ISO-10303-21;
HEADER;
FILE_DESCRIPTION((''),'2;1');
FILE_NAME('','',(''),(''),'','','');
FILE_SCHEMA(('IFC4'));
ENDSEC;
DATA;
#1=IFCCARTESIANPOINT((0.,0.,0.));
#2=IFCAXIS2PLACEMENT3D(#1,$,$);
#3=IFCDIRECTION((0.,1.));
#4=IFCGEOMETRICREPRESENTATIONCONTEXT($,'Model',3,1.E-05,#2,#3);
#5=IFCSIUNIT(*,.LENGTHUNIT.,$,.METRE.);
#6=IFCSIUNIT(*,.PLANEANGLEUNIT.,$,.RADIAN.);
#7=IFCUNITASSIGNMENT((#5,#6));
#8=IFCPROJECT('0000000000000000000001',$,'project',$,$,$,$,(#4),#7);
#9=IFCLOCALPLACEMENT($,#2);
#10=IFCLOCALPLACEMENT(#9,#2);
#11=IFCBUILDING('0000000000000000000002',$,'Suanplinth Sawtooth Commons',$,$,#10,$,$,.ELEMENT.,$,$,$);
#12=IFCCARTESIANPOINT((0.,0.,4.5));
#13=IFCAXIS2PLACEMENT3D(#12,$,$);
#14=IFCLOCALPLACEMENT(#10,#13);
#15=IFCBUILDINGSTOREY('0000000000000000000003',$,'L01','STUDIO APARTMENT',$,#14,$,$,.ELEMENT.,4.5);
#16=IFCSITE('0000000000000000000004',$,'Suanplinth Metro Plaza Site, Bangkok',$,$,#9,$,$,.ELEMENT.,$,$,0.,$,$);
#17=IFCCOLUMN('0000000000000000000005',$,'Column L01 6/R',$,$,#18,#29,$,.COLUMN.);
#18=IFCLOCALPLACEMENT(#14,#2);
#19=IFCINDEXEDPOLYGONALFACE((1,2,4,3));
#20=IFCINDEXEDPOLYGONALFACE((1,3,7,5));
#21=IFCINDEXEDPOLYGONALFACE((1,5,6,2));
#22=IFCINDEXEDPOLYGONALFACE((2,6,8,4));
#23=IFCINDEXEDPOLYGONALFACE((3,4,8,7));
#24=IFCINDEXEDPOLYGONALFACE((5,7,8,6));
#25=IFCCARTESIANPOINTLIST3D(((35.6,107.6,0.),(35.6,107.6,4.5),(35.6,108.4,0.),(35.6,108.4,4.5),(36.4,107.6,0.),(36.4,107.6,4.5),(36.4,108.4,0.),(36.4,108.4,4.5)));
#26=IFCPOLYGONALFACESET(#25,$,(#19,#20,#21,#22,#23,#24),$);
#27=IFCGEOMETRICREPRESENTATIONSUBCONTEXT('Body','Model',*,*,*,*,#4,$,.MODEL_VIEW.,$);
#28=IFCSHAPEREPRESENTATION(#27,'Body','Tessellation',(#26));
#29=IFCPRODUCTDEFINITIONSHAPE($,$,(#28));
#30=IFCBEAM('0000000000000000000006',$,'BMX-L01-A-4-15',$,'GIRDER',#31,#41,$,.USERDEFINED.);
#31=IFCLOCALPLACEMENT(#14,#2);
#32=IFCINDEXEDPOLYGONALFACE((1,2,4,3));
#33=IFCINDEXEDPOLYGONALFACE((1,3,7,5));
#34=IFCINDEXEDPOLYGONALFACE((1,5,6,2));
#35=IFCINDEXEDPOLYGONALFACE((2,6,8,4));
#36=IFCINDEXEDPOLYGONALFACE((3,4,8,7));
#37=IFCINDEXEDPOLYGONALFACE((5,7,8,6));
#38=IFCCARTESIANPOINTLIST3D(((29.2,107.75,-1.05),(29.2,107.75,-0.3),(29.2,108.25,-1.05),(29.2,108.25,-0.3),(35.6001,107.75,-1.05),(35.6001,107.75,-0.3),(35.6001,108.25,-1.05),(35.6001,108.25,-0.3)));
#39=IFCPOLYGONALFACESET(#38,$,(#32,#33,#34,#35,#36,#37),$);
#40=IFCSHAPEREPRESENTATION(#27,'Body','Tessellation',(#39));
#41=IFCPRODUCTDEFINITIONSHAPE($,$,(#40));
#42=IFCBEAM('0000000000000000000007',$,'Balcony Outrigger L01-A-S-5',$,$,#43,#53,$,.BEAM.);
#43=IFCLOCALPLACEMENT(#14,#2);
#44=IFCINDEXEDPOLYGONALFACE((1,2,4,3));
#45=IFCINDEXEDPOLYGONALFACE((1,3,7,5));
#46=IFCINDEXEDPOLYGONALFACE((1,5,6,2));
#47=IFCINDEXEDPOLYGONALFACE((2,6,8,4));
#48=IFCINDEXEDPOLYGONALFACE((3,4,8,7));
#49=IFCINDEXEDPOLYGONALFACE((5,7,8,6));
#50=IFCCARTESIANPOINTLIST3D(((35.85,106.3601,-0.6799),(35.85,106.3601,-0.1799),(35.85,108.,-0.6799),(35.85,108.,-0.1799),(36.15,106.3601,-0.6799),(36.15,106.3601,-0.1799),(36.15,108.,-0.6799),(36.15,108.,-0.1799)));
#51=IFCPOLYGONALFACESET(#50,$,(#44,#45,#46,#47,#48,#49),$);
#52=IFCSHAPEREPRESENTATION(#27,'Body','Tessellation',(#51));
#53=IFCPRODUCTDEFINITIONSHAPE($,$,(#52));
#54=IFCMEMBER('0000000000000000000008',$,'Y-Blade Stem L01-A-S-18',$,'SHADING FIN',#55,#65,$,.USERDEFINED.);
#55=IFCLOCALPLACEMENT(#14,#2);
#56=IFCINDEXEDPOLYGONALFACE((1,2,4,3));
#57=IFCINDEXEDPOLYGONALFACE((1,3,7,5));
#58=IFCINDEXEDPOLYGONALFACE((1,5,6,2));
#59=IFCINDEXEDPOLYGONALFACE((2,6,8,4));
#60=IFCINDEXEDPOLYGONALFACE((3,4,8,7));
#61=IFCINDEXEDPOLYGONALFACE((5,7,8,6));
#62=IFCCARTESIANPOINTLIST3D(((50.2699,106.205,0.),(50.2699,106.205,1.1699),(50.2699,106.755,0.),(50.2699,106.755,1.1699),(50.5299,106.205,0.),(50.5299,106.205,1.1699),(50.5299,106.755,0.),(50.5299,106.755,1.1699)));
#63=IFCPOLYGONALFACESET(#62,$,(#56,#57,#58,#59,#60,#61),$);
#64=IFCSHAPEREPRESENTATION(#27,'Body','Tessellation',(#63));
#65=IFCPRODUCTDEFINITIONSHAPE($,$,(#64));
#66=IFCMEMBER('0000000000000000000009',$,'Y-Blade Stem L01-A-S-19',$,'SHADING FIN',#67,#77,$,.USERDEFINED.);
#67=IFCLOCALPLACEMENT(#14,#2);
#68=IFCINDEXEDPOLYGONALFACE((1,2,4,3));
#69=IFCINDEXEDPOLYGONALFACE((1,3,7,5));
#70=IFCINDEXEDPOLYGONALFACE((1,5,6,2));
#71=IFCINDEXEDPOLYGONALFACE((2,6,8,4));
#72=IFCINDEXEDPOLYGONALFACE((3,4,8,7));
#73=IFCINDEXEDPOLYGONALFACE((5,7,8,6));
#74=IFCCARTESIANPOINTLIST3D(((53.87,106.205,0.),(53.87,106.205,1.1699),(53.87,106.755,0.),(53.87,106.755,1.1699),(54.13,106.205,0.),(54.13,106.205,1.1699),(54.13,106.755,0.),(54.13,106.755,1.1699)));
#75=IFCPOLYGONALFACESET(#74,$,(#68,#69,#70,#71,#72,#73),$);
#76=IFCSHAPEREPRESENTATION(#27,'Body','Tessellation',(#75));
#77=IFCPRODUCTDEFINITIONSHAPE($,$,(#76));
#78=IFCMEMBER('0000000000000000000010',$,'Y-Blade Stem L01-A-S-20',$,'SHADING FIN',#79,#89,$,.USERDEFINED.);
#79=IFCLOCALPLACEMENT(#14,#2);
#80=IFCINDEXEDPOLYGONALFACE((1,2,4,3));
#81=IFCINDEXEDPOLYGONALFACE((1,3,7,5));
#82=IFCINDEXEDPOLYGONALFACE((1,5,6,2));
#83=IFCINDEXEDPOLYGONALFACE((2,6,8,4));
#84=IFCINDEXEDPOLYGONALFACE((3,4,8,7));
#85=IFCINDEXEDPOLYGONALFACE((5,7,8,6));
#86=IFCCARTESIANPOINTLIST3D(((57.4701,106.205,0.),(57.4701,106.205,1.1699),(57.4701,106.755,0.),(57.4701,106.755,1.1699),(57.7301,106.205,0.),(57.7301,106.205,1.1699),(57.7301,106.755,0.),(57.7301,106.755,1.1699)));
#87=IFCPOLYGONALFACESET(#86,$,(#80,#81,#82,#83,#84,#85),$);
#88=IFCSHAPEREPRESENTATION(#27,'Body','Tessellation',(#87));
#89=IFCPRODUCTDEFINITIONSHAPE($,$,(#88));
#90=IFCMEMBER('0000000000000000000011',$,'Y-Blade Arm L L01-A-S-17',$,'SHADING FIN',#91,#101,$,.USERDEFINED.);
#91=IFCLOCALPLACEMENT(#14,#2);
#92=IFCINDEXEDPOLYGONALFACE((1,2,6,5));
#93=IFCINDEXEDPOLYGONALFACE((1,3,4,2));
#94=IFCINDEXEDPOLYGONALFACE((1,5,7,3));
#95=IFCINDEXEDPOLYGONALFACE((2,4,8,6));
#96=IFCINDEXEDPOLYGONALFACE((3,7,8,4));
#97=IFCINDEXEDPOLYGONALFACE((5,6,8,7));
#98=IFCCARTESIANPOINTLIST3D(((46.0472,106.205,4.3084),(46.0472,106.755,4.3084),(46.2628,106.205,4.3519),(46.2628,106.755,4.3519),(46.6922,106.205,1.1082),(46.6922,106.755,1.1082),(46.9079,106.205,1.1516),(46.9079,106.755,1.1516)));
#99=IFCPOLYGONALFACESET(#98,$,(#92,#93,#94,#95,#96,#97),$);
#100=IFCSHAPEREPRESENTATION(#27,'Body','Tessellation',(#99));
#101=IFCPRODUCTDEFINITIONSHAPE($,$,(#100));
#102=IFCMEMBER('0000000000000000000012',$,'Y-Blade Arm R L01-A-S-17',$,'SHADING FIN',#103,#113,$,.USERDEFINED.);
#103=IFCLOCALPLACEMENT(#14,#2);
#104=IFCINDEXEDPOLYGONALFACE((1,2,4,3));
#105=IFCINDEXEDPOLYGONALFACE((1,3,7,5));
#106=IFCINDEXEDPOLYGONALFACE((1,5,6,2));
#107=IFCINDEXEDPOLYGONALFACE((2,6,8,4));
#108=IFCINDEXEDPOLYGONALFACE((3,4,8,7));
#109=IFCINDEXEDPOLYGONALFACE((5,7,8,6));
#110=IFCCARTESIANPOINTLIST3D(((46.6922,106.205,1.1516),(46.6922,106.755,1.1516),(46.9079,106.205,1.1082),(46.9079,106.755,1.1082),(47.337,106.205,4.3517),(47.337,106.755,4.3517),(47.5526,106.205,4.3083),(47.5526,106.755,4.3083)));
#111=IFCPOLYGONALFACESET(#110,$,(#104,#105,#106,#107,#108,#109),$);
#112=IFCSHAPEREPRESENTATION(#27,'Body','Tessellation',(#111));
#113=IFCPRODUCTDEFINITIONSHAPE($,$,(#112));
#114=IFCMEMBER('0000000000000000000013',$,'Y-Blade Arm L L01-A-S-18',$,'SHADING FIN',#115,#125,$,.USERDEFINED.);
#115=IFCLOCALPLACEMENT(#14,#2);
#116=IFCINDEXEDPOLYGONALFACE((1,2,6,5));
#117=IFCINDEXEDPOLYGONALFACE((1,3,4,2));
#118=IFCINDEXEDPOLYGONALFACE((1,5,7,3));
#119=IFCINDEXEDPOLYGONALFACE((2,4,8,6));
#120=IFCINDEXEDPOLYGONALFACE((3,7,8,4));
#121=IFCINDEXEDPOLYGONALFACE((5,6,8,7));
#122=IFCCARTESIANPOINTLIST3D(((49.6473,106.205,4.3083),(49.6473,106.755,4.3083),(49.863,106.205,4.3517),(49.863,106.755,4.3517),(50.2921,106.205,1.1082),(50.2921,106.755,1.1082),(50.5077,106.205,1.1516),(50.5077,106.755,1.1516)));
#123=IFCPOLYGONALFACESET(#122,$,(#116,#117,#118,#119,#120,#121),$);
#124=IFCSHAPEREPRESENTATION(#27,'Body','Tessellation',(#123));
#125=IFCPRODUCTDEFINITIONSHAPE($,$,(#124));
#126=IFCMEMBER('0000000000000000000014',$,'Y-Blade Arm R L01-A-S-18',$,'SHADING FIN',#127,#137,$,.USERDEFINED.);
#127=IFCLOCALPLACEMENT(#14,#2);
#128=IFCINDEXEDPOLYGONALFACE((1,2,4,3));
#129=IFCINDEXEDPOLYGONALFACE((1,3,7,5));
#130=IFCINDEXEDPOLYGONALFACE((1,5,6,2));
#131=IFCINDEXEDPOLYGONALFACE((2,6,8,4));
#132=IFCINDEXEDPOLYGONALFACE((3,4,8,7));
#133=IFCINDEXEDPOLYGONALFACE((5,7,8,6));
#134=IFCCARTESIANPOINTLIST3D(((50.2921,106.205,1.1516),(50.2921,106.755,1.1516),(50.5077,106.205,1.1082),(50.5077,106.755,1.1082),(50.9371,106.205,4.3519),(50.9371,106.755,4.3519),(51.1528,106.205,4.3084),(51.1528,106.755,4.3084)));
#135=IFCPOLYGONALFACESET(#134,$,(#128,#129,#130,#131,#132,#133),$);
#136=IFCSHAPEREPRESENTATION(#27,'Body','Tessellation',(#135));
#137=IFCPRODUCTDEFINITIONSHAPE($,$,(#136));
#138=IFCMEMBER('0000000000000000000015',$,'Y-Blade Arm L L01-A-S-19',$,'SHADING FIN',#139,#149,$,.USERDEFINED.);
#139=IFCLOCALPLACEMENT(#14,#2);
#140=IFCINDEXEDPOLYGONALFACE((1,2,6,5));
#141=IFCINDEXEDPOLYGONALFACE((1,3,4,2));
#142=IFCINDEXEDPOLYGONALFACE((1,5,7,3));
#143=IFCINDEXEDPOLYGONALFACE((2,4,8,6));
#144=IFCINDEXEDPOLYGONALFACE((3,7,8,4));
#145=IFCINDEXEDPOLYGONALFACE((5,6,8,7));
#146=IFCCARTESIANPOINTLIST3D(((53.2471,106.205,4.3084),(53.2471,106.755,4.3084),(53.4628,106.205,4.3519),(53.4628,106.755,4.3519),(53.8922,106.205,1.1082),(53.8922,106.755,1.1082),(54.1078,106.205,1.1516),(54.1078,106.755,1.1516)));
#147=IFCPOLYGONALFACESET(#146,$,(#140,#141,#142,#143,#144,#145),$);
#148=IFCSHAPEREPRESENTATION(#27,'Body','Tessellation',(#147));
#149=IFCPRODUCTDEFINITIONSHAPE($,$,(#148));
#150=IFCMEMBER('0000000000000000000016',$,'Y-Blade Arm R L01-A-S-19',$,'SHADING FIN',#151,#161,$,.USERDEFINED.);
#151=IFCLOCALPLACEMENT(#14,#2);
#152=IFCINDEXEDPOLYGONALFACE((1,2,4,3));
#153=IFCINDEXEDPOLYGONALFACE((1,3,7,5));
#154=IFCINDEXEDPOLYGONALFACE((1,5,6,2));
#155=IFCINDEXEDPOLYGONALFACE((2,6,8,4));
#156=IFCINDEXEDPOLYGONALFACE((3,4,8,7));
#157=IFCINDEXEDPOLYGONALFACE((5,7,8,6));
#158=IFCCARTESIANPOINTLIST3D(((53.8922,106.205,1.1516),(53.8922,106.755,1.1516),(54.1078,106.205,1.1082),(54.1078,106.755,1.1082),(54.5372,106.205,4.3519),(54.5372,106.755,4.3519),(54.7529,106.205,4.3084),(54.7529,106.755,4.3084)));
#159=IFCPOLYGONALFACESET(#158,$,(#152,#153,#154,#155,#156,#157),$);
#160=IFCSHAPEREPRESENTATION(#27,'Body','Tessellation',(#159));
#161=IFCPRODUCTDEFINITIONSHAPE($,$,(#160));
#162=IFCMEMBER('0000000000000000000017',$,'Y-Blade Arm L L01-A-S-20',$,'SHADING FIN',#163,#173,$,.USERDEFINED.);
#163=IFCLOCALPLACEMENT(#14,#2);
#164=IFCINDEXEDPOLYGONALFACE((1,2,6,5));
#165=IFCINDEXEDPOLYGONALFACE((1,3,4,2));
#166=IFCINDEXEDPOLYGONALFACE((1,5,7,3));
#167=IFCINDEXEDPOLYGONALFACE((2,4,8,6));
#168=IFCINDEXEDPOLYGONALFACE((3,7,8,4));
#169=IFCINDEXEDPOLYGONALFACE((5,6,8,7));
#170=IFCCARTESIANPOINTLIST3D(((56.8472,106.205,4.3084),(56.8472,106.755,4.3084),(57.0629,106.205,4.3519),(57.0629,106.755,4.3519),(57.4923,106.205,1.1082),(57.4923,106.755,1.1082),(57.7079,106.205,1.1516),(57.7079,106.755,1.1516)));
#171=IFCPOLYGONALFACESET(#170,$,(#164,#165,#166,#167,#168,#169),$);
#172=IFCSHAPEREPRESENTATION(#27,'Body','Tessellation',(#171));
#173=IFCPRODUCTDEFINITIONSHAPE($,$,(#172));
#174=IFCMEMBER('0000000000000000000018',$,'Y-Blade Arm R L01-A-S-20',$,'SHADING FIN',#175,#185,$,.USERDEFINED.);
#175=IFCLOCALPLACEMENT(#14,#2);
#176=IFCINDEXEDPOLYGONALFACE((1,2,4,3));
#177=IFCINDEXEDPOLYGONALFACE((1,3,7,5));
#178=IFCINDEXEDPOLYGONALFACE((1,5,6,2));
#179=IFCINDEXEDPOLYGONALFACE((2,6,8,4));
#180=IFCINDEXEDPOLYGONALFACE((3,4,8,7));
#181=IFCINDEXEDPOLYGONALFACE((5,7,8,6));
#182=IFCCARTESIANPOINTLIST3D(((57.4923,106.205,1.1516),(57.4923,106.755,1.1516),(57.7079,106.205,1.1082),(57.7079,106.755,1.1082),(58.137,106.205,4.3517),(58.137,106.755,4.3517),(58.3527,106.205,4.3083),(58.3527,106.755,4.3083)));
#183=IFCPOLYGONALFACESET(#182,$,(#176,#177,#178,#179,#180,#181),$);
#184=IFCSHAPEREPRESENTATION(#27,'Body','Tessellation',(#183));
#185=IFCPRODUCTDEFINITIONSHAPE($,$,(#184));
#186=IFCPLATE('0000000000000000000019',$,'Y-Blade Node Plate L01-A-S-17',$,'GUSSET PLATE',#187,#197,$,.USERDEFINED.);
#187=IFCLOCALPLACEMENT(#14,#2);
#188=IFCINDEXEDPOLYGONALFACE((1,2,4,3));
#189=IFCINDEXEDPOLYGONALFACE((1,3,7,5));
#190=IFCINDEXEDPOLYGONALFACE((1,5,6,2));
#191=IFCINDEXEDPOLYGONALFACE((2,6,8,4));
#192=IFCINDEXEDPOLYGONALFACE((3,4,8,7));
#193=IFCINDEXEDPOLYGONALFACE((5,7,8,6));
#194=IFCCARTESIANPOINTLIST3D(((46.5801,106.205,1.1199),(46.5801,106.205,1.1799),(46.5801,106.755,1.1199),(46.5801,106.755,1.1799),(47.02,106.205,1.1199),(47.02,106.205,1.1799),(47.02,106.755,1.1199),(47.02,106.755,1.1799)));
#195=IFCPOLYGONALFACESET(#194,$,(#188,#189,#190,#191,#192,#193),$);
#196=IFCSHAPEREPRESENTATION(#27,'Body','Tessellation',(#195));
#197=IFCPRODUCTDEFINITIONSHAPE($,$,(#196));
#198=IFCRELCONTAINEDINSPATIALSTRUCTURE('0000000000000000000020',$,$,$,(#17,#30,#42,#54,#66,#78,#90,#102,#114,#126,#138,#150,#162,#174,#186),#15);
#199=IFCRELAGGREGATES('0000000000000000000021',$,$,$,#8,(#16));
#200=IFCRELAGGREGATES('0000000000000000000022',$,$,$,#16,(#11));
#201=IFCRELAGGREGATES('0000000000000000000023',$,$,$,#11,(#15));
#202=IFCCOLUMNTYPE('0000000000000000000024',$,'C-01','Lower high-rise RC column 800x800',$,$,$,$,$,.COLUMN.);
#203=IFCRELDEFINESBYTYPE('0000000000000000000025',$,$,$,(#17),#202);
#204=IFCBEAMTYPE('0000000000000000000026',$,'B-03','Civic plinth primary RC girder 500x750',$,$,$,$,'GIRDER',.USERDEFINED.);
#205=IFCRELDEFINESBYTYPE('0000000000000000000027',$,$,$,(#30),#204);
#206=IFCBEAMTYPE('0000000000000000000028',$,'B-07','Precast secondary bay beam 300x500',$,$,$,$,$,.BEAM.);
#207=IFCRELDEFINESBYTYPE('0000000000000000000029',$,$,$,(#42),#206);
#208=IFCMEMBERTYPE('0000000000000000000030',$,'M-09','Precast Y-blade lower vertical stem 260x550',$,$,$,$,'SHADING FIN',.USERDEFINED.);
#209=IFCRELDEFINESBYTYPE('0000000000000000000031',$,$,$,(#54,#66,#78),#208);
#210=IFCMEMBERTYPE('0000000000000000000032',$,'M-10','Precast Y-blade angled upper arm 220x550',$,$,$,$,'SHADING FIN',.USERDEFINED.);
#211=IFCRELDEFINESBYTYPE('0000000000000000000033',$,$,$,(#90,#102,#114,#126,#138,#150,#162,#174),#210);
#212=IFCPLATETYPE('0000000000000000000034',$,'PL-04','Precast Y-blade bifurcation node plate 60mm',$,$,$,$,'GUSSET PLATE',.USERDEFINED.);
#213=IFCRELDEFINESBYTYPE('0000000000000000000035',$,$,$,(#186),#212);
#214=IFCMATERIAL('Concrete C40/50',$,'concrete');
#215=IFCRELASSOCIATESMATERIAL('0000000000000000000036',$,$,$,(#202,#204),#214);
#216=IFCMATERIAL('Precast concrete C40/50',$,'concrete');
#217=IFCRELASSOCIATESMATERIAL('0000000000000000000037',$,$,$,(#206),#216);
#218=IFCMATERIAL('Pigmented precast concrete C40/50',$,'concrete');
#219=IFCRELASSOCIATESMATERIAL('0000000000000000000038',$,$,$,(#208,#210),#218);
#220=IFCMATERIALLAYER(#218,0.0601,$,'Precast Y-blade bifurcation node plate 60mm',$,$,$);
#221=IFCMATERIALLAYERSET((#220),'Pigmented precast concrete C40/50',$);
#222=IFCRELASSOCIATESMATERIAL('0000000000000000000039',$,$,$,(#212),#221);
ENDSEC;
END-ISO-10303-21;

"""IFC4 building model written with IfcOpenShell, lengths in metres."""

from ifc_helpers import new_model, si_unit, direction, frame, origin, origin_2d, place, context, subcontext, project, spatial, rectangle, extrude, material, layer, layer_set, material_profile, profile_set, type_object, element, save


model = new_model("IFC4")

# Units and contexts
model_context = context("Model", 3, precision=1e-05, world=origin(), true_north=direction((0.0, 1.0)))
body_context = subcontext(model_context, "Body", "Model", "MODEL_VIEW")
ifc_project = project(units=[si_unit("LENGTHUNIT", "METRE"), si_unit("PLANEANGLEUNIT", "RADIAN")], contexts=[model_context])

# Site, building, storey
site_placement = place(None, origin())
site = spatial("IfcSite", under=ifc_project, at=site_placement, Name="Suanplinth Metro Plaza Site, Bangkok", CompositionType="ELEMENT", RefElevation=0.0)
building_placement = place(site_placement, origin())
building = spatial("IfcBuilding", under=site, at=building_placement, Name="Suanplinth Sawtooth Commons", CompositionType="ELEMENT")
storey_placement = place(building_placement, frame((0.0, 0.0, 4.5)))
storey = spatial("IfcBuildingStorey", under=building, at=storey_placement, Name="L01", Description="STUDIO APARTMENT", CompositionType="ELEMENT", Elevation=4.5)

# Column
ifc_material_1 = material(Name="Concrete C40/50", Category="concrete")
ifc_material_profile_1 = material_profile(ifc_material_1, rectangle(XDim=0.8, YDim=0.8, at=origin_2d()), Name="RC-COL 800x800")
ifc_profile_set_1 = profile_set([ifc_material_profile_1], Name="Concrete C40/50")
column_type = type_object("IfcColumnType", Name="C-01", Description="Lower high-rise RC column 800x800", PredefinedType="COLUMN", material=ifc_profile_set_1)
column_placement = place(storey_placement, frame((36.0, 108.0, 0.0), z_axis=(0.0, 0.0, 1.0), x_axis=(1.0, 0.0, 0.0)))
element("IfcColumn", 1, at=column_placement, inside=storey, type_object=column_type, Name="Column L01 6/R", PredefinedType="COLUMN", context=body_context, shape_type="SweptSolid", body=[
    extrude(rectangle(XDim=0.8, YDim=0.8, at=origin_2d()), origin(), (0.0, 0.0, 1.0), 4.5),
])

# Beams
ifc_material_profile_2 = material_profile(ifc_material_1, rectangle(XDim=0.5, YDim=0.75, at=origin_2d()), Name="RC-GDR 500x750")
ifc_profile_set_2 = profile_set([ifc_material_profile_2], Name="Concrete C40/50")
beam_type_1 = type_object("IfcBeamType", Name="B-03", Description="Civic plinth primary RC girder 500x750", ElementType="GIRDER", PredefinedType="USERDEFINED", material=ifc_profile_set_2)
beam_1_placement = place(storey_placement, frame((29.2, 108.0, -0.675), z_axis=(1.0, 0.0, 0.0), x_axis=(0.0, 1.0, 0.0)))
element("IfcBeam", 2, at=beam_1_placement, inside=storey, type_object=beam_type_1, Name="BMX-L01-A-4-15", ObjectType="GIRDER", PredefinedType="USERDEFINED", context=body_context, shape_type="SweptSolid", body=[
    extrude(rectangle(XDim=0.5, YDim=0.75, at=origin_2d()), origin(), (0.0, 0.0, 1.0), 6.4001),
])
ifc_material_2 = material(Name="Precast concrete C40/50", Category="concrete")
ifc_material_profile_3 = material_profile(ifc_material_2, rectangle(XDim=0.3, YDim=0.5, at=origin_2d()), Name="PC-BM 300x500")
ifc_profile_set_3 = profile_set([ifc_material_profile_3], Name="Precast concrete C40/50")
beam_type_2 = type_object("IfcBeamType", Name="B-07", Description="Precast secondary bay beam 300x500", PredefinedType="BEAM", material=ifc_profile_set_3)
beam_2_placement = place(storey_placement, frame((36.0, 108.0, -0.4299), z_axis=(0.0, -1.0, 0.0), x_axis=(1.0, 0.0, 0.0)))
element("IfcBeam", 3, at=beam_2_placement, inside=storey, type_object=beam_type_2, Name="Balcony Outrigger L01-A-S-5", PredefinedType="BEAM", context=body_context, shape_type="SweptSolid", body=[
    extrude(rectangle(XDim=0.3, YDim=0.5, at=origin_2d()), origin(), (0.0, 0.0, 1.0), 1.6399),
])

# Members
ifc_material_3 = material(Name="Pigmented precast concrete C40/50", Category="concrete")
ifc_material_profile_4 = material_profile(ifc_material_3, rectangle(XDim=0.26, YDim=0.55, at=origin_2d()), Name="PC-FIN 260x550")
ifc_profile_set_4 = profile_set([ifc_material_profile_4], Name="Pigmented precast concrete C40/50")
member_type_1 = type_object("IfcMemberType", Name="M-09", Description="Precast Y-blade lower vertical stem 260x550", ElementType="SHADING FIN", PredefinedType="USERDEFINED", material=ifc_profile_set_4)
for number, where, z_axis, x_axis, name in (
    (4, (50.3999, 106.48, 0.0), (0.0, 0.0, 1.0), (1.0, 0.0, 0.0), "Y-Blade Stem L01-A-S-18"),
    (5, (54.0, 106.48, 0.0), (0.0, 0.0, 1.0), (1.0, 0.0, 0.0), "Y-Blade Stem L01-A-S-19"),
    (6, (57.6001, 106.48, 0.0), (0.0, 0.0, 1.0), (1.0, 0.0, 0.0), "Y-Blade Stem L01-A-S-20"),
):
    element("IfcMember", number, at=place(storey_placement, frame(where, z_axis=z_axis, x_axis=x_axis)), inside=storey, type_object=member_type_1, Name=name, ObjectType="SHADING FIN", PredefinedType="USERDEFINED", context=body_context, shape_type="SweptSolid", body=[
        extrude(rectangle(XDim=0.26, YDim=0.55, at=origin_2d()), origin(), (0.0, 0.0, 1.0), 1.1699),
    ])
ifc_material_profile_5 = material_profile(ifc_material_3, rectangle(XDim=0.22, YDim=0.55, at=origin_2d()), Name="PC-FIN 220x550")
ifc_profile_set_5 = profile_set([ifc_material_profile_5], Name="Pigmented precast concrete C40/50")
member_type_2 = type_object("IfcMemberType", Name="M-10", Description="Precast Y-blade angled upper arm 220x550", ElementType="SHADING FIN", PredefinedType="USERDEFINED", material=ifc_profile_set_5)
member_1_placement = place(storey_placement, frame((46.8, 106.48, 1.1299), z_axis=(-0.197583, 0.0, 0.980286), x_axis=(0.980286, 0.0, 0.197583)))
element("IfcMember", 7, at=member_1_placement, inside=storey, type_object=member_type_2, Name="Y-Blade Arm L L01-A-S-17", ObjectType="SHADING FIN", PredefinedType="USERDEFINED", context=body_context, shape_type="SweptSolid", body=[
    extrude(rectangle(XDim=0.22, YDim=0.55, at=origin_2d()), origin(), (0.0, 0.0, 1.0), 3.2646),
])
for number, where, z_axis, x_axis, name in (
    (8, (46.8, 106.48, 1.1299), (0.197511, 0.0, 0.980301), (-0.980301, 0.0, 0.197511), "Y-Blade Arm R L01-A-S-17"),
    (9, (50.3999, 106.48, 1.1299), (-0.197511, 0.0, 0.980301), (0.980301, 0.0, 0.197511), "Y-Blade Arm L L01-A-S-18"),
):
    element("IfcMember", number, at=place(storey_placement, frame(where, z_axis=z_axis, x_axis=x_axis)), inside=storey, type_object=member_type_2, Name=name, ObjectType="SHADING FIN", PredefinedType="USERDEFINED", context=body_context, shape_type="SweptSolid", body=[
        extrude(rectangle(XDim=0.22, YDim=0.55, at=origin_2d()), origin(), (0.0, 0.0, 1.0), 3.2644),
    ])
for number, where, z_axis, x_axis, name in (
    (10, (50.3999, 106.48, 1.1299), (0.197583, 0.0, 0.980286), (-0.980286, 0.0, 0.197583), "Y-Blade Arm R L01-A-S-18"),
    (11, (54.0, 106.48, 1.1299), (-0.197583, 0.0, 0.980286), (0.980286, 0.0, 0.197583), "Y-Blade Arm L L01-A-S-19"),
    (12, (54.0, 106.48, 1.1299), (0.197583, 0.0, 0.980286), (-0.980286, 0.0, 0.197583), "Y-Blade Arm R L01-A-S-19"),
    (13, (57.6001, 106.48, 1.1299), (-0.197583, 0.0, 0.980286), (0.980286, 0.0, 0.197583), "Y-Blade Arm L L01-A-S-20"),
):
    element("IfcMember", number, at=place(storey_placement, frame(where, z_axis=z_axis, x_axis=x_axis)), inside=storey, type_object=member_type_2, Name=name, ObjectType="SHADING FIN", PredefinedType="USERDEFINED", context=body_context, shape_type="SweptSolid", body=[
        extrude(rectangle(XDim=0.22, YDim=0.55, at=origin_2d()), origin(), (0.0, 0.0, 1.0), 3.2646),
    ])
member_2_placement = place(storey_placement, frame((57.6001, 106.48, 1.1299), z_axis=(0.197511, 0.0, 0.980301), x_axis=(-0.980301, 0.0, 0.197511)))
element("IfcMember", 14, at=member_2_placement, inside=storey, type_object=member_type_2, Name="Y-Blade Arm R L01-A-S-20", ObjectType="SHADING FIN", PredefinedType="USERDEFINED", context=body_context, shape_type="SweptSolid", body=[
    extrude(rectangle(XDim=0.22, YDim=0.55, at=origin_2d()), origin(), (0.0, 0.0, 1.0), 3.2644),
])

# Plate
ifc_layer_1 = layer(ifc_material_3, 0.0601, Name="Precast Y-blade bifurcation node plate 60mm")
ifc_layer_set_1 = layer_set([ifc_layer_1], Name="Pigmented precast concrete C40/50")
plate_type = type_object("IfcPlateType", Name="PL-04", Description="Precast Y-blade bifurcation node plate 60mm", ElementType="GUSSET PLATE", PredefinedType="USERDEFINED", material=ifc_layer_set_1)
for number, where, z_axis, x_axis, name in (
    (15, (46.8, 106.48, 1.1199), (0.0, 0.0, 1.0), (1.0, 0.0, 0.0), "Y-Blade Node Plate L01-A-S-17"),
):
    element("IfcPlate", number, at=place(storey_placement, frame(where, z_axis=z_axis, x_axis=x_axis)), inside=storey, type_object=plate_type, Name=name, ObjectType="GUSSET PLATE", PredefinedType="USERDEFINED", context=body_context, shape_type="SweptSolid", body=[
        extrude(rectangle(XDim=0.4399, YDim=0.55, at=origin_2d()), origin(), (0.0, 0.0, 1.0), 0.0601),
    ])

save(model, "model.ifc")
